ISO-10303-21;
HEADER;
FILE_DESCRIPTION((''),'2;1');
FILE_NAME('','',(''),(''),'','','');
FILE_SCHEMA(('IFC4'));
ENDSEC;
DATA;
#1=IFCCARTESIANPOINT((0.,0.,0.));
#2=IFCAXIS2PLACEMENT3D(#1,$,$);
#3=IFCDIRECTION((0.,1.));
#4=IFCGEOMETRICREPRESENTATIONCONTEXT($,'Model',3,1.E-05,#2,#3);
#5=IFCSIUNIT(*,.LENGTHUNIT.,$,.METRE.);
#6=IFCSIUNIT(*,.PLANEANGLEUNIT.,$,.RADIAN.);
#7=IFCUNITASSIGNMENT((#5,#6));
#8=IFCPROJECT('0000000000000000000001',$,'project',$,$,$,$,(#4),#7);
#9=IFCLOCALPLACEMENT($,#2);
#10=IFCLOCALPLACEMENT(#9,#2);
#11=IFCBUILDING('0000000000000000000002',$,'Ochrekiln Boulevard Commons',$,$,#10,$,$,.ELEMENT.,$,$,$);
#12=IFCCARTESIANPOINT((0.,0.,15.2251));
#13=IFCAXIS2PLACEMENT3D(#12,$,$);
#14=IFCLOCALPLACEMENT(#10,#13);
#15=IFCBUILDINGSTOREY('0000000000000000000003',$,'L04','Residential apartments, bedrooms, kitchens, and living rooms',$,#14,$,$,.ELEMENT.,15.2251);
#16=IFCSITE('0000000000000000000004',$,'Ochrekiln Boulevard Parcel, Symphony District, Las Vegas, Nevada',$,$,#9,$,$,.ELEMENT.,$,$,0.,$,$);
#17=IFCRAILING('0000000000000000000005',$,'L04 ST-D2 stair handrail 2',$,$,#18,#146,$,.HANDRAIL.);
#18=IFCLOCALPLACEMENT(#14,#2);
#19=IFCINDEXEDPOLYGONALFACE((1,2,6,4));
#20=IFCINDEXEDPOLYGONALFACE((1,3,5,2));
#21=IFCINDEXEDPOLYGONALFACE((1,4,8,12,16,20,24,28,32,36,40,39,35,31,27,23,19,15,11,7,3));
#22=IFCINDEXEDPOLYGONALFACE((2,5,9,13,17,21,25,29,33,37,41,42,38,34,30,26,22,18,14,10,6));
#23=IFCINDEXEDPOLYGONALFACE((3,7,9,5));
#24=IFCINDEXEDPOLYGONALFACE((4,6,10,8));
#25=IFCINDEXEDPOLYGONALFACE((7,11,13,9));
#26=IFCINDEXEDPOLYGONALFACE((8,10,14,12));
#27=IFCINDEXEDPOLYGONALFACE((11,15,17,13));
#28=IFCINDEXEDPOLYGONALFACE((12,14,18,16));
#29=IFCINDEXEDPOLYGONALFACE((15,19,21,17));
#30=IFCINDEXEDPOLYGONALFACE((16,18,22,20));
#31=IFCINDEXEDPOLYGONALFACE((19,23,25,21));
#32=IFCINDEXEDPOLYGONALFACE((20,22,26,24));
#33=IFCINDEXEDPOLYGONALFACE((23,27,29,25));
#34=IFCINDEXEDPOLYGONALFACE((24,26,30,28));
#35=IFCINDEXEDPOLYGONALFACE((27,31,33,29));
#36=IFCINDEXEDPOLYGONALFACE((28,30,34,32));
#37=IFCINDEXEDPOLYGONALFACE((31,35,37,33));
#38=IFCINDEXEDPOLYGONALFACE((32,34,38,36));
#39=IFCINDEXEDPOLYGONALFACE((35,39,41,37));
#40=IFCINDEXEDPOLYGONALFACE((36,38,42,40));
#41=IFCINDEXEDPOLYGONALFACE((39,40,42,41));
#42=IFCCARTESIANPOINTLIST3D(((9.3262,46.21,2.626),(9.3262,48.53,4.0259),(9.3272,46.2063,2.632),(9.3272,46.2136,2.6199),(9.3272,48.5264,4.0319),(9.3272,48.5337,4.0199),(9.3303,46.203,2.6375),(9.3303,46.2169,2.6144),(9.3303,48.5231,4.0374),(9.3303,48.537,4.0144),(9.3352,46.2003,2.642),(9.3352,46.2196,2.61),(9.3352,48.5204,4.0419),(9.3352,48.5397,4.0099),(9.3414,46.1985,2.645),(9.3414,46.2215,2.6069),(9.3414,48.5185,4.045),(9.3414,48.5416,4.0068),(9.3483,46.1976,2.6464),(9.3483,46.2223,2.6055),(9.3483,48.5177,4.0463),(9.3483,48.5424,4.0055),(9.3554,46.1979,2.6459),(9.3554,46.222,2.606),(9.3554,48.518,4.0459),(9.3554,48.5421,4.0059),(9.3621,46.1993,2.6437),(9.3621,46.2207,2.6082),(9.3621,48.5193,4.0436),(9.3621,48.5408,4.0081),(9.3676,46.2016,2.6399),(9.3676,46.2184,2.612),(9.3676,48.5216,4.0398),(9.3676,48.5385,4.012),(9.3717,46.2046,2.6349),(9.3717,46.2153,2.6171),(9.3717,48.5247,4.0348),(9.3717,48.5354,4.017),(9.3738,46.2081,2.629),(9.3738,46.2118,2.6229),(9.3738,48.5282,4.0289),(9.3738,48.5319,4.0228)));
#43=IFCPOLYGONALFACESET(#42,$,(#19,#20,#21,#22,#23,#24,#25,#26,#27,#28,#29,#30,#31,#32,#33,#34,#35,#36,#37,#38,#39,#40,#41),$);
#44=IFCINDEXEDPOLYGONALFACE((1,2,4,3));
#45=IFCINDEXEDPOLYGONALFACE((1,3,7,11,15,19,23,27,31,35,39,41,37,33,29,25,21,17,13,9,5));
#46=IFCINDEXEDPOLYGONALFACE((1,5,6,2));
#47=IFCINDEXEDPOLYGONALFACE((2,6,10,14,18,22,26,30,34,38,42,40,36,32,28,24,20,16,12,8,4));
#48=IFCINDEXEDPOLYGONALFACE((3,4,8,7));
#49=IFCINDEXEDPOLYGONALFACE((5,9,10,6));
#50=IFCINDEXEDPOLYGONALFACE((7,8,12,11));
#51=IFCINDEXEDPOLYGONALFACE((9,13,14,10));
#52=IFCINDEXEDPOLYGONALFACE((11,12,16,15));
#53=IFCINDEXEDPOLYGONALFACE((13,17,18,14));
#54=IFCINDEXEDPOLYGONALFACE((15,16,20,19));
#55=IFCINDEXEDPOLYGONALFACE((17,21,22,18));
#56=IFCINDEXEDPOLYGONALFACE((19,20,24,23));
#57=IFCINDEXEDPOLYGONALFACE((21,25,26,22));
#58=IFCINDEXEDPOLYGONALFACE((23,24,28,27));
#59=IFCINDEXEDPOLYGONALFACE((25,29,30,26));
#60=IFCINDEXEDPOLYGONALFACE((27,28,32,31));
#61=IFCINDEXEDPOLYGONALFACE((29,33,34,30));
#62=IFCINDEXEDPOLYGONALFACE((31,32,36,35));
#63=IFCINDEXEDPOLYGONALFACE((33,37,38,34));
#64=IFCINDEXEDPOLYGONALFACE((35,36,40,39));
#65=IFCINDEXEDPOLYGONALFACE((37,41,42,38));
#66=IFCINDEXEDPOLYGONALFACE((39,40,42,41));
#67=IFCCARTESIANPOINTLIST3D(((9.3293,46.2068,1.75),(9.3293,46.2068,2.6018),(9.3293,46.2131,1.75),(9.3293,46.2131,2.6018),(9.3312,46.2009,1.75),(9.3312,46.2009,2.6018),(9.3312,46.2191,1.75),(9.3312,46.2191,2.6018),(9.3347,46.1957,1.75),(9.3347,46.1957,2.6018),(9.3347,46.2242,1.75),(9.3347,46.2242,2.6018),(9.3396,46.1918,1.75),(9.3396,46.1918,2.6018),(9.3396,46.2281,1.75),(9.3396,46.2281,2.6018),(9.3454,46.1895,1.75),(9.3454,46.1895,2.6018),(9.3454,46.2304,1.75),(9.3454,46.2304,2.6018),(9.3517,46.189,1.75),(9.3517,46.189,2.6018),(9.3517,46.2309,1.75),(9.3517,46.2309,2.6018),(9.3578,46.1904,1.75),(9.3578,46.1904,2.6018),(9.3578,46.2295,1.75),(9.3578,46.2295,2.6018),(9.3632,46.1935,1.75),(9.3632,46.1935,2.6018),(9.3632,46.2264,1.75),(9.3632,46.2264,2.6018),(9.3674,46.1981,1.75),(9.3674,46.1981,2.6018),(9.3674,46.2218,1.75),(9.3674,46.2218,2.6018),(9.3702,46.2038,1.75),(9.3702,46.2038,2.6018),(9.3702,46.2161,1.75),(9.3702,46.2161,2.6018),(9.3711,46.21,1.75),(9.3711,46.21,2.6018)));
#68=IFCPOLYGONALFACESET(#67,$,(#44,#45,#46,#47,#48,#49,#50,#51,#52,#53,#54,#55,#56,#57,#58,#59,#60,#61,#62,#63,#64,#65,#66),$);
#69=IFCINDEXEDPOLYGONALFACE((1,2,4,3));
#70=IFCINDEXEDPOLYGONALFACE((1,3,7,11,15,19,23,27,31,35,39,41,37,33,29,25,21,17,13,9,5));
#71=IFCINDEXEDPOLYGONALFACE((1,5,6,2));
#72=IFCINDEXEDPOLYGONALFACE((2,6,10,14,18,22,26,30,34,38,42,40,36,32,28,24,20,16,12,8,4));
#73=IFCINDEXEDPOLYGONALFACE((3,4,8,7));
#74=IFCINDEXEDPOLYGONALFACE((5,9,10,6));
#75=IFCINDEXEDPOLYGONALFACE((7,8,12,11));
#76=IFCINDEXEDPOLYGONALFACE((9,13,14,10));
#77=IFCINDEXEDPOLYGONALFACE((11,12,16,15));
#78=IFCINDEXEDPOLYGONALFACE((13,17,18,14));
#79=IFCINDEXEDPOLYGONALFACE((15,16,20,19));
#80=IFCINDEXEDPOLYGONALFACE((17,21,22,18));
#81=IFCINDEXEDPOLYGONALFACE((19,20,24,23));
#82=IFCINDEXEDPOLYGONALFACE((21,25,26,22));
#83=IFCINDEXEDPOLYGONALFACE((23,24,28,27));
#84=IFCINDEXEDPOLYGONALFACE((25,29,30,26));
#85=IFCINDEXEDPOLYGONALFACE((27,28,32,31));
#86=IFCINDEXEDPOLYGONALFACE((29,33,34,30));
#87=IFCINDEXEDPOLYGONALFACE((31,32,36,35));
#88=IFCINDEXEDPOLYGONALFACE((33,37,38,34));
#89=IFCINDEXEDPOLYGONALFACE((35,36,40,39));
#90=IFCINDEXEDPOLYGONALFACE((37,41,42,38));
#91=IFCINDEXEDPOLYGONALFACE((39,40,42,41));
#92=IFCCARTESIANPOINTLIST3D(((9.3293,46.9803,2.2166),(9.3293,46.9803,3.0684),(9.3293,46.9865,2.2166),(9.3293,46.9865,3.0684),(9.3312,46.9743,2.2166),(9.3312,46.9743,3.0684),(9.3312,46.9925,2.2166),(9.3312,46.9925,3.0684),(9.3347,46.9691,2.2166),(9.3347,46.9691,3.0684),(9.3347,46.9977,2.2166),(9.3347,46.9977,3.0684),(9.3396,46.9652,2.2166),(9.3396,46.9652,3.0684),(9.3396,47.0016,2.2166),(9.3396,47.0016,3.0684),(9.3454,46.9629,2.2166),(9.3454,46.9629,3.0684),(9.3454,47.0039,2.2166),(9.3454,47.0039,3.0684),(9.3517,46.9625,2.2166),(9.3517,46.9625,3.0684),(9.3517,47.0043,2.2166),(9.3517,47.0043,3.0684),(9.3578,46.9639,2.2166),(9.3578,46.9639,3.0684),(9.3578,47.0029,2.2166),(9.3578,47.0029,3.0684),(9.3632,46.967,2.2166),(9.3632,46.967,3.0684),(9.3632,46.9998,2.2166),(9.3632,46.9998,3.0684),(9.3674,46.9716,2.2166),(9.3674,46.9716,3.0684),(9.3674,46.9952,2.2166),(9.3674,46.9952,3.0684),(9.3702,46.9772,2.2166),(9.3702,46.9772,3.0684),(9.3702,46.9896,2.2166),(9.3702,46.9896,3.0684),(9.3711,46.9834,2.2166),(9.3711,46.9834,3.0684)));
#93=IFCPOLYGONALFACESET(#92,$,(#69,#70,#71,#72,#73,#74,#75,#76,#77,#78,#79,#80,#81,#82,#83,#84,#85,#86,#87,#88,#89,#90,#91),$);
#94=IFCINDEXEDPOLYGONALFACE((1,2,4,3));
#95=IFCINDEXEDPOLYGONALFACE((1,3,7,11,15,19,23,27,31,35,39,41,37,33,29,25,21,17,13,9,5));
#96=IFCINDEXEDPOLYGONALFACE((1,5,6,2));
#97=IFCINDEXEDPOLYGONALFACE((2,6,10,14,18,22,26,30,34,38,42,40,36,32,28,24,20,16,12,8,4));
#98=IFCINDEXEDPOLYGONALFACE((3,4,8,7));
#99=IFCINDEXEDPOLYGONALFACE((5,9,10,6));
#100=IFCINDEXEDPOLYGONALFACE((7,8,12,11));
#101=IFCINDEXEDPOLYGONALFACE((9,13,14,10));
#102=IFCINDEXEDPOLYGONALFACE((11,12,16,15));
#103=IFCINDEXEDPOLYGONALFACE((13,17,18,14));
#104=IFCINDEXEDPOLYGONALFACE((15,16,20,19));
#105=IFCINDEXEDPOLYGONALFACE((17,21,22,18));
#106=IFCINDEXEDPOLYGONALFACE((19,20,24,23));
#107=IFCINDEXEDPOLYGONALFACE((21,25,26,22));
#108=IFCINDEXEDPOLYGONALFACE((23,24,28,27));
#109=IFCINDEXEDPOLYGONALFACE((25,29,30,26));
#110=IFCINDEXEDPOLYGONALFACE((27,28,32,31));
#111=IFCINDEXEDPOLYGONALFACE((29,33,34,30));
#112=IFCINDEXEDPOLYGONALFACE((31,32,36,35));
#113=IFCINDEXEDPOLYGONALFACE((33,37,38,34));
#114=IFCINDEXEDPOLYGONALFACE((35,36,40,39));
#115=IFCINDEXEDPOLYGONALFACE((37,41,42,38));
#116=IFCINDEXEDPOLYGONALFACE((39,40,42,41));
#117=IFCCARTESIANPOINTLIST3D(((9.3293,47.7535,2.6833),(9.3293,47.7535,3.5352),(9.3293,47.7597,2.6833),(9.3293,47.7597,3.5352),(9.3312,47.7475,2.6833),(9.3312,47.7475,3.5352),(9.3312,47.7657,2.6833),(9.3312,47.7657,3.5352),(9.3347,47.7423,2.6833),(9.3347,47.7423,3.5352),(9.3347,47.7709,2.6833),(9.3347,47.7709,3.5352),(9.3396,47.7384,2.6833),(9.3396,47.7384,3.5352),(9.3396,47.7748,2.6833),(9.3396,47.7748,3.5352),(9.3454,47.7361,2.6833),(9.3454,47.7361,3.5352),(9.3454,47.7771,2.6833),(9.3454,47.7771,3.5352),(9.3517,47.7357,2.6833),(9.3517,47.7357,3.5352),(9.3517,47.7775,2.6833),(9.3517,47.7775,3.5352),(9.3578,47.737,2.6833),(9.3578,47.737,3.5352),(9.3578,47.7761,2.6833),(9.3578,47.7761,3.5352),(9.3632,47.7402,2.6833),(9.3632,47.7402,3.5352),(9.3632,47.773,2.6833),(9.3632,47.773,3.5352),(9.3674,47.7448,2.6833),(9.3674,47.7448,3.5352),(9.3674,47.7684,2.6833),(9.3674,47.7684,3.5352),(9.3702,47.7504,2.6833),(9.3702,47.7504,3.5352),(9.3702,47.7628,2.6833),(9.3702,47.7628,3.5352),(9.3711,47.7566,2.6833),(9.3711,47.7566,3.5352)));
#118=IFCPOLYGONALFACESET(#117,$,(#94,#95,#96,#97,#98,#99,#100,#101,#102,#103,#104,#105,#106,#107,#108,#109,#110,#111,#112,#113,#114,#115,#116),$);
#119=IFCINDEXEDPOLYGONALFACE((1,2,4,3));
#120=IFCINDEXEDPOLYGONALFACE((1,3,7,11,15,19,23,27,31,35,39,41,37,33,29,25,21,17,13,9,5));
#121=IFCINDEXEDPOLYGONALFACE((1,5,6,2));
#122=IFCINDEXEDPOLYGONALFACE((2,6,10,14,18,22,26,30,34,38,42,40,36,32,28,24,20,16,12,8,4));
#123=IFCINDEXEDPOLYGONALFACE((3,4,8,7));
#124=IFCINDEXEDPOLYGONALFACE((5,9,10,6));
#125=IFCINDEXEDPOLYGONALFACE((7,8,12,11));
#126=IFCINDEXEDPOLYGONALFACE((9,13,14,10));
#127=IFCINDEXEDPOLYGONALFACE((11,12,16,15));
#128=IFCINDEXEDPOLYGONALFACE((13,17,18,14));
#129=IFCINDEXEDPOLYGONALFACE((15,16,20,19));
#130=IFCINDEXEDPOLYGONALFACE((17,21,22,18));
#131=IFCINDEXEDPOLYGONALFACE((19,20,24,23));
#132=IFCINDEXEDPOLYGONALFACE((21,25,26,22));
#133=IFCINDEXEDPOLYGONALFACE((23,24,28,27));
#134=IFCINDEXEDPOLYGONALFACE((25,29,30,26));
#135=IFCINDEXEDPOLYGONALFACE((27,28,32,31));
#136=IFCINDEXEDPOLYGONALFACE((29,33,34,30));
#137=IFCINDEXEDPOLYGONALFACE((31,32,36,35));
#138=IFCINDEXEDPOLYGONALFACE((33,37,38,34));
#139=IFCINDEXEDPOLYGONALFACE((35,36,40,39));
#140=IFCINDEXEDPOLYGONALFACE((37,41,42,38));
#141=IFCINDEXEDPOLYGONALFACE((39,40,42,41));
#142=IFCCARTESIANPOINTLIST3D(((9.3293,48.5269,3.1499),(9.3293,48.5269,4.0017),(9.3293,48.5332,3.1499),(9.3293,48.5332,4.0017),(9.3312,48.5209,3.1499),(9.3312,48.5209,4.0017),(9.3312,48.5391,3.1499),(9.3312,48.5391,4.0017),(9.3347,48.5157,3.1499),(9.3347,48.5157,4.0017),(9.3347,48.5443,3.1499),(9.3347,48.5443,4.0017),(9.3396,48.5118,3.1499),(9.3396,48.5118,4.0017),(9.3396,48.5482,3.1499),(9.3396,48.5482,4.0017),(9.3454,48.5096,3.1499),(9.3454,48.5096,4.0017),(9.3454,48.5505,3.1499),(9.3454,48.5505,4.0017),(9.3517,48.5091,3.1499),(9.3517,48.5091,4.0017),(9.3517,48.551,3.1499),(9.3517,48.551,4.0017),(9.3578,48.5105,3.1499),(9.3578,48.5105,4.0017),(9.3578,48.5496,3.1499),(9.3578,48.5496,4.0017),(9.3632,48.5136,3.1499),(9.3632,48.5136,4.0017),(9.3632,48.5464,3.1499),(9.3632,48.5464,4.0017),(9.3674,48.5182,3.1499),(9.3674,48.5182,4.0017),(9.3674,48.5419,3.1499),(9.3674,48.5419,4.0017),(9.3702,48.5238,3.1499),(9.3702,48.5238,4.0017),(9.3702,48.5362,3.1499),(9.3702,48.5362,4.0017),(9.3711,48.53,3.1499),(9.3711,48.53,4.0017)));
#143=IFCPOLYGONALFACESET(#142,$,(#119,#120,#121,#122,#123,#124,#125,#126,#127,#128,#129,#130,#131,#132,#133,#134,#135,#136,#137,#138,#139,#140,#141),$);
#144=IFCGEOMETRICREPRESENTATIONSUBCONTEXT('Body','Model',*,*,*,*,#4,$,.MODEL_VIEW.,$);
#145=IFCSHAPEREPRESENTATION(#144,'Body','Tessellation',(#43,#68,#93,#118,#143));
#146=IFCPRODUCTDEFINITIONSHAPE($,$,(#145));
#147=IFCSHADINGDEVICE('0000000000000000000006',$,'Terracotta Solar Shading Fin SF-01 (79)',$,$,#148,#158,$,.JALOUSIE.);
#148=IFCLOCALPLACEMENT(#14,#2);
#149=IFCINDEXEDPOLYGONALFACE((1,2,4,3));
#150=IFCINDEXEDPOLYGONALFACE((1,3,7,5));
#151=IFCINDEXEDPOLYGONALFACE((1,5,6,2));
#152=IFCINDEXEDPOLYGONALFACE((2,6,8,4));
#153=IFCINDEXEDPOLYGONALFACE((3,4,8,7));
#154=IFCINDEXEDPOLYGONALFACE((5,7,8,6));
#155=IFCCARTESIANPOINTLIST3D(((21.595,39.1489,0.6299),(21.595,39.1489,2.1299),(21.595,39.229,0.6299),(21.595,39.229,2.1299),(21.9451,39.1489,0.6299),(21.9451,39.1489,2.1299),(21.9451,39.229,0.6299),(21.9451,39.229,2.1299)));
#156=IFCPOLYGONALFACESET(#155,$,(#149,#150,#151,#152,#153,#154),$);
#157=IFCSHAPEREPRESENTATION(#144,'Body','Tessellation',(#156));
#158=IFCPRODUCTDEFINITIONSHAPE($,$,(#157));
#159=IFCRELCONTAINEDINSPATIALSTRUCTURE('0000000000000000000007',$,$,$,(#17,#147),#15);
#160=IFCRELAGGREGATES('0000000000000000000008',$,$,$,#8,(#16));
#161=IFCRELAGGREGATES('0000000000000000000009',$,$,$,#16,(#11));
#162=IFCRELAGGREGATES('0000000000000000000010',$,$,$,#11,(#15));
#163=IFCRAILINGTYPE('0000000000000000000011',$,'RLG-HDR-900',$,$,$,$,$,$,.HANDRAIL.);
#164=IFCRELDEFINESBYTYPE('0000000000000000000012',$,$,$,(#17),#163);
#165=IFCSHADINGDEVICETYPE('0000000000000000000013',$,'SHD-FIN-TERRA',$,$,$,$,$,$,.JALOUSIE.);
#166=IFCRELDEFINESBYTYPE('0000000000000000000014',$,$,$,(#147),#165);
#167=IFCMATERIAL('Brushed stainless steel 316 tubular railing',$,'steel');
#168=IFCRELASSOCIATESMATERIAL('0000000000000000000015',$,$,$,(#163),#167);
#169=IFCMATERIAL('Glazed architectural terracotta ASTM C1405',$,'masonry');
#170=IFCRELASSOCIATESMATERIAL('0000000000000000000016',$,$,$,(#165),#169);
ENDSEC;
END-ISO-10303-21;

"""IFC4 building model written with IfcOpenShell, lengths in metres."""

from ifc_helpers import new_model, si_unit, direction, frame, origin, origin_2d, place, context, subcontext, project, spatial, rectangle, circle, extrude, material, type_object, element, save


model = new_model("IFC4")

# Units and contexts
model_context = context("Model", 3, precision=1e-05, world=origin(), true_north=direction((0.0, 1.0)))
body_context = subcontext(model_context, "Body", "Model", "MODEL_VIEW")
ifc_project = project(units=[si_unit("LENGTHUNIT", "METRE"), si_unit("PLANEANGLEUNIT", "RADIAN")], contexts=[model_context])

# Site, building, storey
site_placement = place(None, origin())
site = spatial("IfcSite", under=ifc_project, at=site_placement, Name="Ochrekiln Boulevard Parcel, Symphony District, Las Vegas, Nevada", CompositionType="ELEMENT", RefElevation=0.0)
building_placement = place(site_placement, origin())
building = spatial("IfcBuilding", under=site, at=building_placement, Name="Ochrekiln Boulevard Commons", CompositionType="ELEMENT")
storey_placement = place(building_placement, frame((0.0, 0.0, 15.2251)))
storey = spatial("IfcBuildingStorey", under=building, at=storey_placement, Name="L04", Description="Residential apartments, bedrooms, kitchens, and living rooms", CompositionType="ELEMENT", Elevation=15.2251)

# Railing
ifc_material_1 = material(Name="Brushed stainless steel 316 tubular railing", Category="steel")
railing_type = type_object("IfcRailingType", Name="RLG-HDR-900", PredefinedType="HANDRAIL", material=ifc_material_1)
railing_placement = place(storey_placement, frame((9.3501, 46.21, 1.75)))
element("IfcRailing", 1, at=railing_placement, inside=storey, type_object=railing_type, Name="L04 ST-D2 stair handrail 2", PredefinedType="HANDRAIL", context=body_context, shape_type="SweptSolid", body=[
    extrude(circle(Radius=0.0239, at=origin_2d()), frame((0.0, 0.0, 0.876), z_axis=(0.0, 0.85621, 0.516627), x_axis=(-1.0, 0.0, 0.0)), (0.0, 0.0, 1.0), 2.7097),
    extrude(circle(Radius=0.021, at=origin_2d()), origin(), (0.0, 0.0, 1.0), 0.8518),
    extrude(circle(Radius=0.021, at=origin_2d()), frame((0.0, 0.7734, 0.4666)), (0.0, 0.0, 1.0), 0.8518),
    extrude(circle(Radius=0.021, at=origin_2d()), frame((0.0, 1.5466, 0.9333)), (0.0, 0.0, 1.0), 0.8518),
    extrude(circle(Radius=0.021, at=origin_2d()), frame((0.0, 2.3201, 1.3999)), (0.0, 0.0, 1.0), 0.8518),
])

# Shading device
ifc_material_2 = material(Name="Glazed architectural terracotta ASTM C1405", Category="masonry")
shading_device_type = type_object("IfcShadingDeviceType", Name="SHD-FIN-TERRA", PredefinedType="JALOUSIE", material=ifc_material_2)
shading_device_placement = place(storey_placement, frame((21.77, 39.189, 0.6299), z_axis=(0.0, 0.0, 1.0), x_axis=(1.0, 0.0, 0.0)))
element("IfcShadingDevice", 2, at=shading_device_placement, inside=storey, type_object=shading_device_type, Name="Terracotta Solar Shading Fin SF-01 (79)", PredefinedType="JALOUSIE", context=body_context, shape_type="SweptSolid", body=[
    extrude(rectangle(XDim=0.3501, YDim=0.0801, at=origin_2d()), origin(), (0.0, 0.0, 1.0), 1.5),
])

save(model, "model.ifc")
